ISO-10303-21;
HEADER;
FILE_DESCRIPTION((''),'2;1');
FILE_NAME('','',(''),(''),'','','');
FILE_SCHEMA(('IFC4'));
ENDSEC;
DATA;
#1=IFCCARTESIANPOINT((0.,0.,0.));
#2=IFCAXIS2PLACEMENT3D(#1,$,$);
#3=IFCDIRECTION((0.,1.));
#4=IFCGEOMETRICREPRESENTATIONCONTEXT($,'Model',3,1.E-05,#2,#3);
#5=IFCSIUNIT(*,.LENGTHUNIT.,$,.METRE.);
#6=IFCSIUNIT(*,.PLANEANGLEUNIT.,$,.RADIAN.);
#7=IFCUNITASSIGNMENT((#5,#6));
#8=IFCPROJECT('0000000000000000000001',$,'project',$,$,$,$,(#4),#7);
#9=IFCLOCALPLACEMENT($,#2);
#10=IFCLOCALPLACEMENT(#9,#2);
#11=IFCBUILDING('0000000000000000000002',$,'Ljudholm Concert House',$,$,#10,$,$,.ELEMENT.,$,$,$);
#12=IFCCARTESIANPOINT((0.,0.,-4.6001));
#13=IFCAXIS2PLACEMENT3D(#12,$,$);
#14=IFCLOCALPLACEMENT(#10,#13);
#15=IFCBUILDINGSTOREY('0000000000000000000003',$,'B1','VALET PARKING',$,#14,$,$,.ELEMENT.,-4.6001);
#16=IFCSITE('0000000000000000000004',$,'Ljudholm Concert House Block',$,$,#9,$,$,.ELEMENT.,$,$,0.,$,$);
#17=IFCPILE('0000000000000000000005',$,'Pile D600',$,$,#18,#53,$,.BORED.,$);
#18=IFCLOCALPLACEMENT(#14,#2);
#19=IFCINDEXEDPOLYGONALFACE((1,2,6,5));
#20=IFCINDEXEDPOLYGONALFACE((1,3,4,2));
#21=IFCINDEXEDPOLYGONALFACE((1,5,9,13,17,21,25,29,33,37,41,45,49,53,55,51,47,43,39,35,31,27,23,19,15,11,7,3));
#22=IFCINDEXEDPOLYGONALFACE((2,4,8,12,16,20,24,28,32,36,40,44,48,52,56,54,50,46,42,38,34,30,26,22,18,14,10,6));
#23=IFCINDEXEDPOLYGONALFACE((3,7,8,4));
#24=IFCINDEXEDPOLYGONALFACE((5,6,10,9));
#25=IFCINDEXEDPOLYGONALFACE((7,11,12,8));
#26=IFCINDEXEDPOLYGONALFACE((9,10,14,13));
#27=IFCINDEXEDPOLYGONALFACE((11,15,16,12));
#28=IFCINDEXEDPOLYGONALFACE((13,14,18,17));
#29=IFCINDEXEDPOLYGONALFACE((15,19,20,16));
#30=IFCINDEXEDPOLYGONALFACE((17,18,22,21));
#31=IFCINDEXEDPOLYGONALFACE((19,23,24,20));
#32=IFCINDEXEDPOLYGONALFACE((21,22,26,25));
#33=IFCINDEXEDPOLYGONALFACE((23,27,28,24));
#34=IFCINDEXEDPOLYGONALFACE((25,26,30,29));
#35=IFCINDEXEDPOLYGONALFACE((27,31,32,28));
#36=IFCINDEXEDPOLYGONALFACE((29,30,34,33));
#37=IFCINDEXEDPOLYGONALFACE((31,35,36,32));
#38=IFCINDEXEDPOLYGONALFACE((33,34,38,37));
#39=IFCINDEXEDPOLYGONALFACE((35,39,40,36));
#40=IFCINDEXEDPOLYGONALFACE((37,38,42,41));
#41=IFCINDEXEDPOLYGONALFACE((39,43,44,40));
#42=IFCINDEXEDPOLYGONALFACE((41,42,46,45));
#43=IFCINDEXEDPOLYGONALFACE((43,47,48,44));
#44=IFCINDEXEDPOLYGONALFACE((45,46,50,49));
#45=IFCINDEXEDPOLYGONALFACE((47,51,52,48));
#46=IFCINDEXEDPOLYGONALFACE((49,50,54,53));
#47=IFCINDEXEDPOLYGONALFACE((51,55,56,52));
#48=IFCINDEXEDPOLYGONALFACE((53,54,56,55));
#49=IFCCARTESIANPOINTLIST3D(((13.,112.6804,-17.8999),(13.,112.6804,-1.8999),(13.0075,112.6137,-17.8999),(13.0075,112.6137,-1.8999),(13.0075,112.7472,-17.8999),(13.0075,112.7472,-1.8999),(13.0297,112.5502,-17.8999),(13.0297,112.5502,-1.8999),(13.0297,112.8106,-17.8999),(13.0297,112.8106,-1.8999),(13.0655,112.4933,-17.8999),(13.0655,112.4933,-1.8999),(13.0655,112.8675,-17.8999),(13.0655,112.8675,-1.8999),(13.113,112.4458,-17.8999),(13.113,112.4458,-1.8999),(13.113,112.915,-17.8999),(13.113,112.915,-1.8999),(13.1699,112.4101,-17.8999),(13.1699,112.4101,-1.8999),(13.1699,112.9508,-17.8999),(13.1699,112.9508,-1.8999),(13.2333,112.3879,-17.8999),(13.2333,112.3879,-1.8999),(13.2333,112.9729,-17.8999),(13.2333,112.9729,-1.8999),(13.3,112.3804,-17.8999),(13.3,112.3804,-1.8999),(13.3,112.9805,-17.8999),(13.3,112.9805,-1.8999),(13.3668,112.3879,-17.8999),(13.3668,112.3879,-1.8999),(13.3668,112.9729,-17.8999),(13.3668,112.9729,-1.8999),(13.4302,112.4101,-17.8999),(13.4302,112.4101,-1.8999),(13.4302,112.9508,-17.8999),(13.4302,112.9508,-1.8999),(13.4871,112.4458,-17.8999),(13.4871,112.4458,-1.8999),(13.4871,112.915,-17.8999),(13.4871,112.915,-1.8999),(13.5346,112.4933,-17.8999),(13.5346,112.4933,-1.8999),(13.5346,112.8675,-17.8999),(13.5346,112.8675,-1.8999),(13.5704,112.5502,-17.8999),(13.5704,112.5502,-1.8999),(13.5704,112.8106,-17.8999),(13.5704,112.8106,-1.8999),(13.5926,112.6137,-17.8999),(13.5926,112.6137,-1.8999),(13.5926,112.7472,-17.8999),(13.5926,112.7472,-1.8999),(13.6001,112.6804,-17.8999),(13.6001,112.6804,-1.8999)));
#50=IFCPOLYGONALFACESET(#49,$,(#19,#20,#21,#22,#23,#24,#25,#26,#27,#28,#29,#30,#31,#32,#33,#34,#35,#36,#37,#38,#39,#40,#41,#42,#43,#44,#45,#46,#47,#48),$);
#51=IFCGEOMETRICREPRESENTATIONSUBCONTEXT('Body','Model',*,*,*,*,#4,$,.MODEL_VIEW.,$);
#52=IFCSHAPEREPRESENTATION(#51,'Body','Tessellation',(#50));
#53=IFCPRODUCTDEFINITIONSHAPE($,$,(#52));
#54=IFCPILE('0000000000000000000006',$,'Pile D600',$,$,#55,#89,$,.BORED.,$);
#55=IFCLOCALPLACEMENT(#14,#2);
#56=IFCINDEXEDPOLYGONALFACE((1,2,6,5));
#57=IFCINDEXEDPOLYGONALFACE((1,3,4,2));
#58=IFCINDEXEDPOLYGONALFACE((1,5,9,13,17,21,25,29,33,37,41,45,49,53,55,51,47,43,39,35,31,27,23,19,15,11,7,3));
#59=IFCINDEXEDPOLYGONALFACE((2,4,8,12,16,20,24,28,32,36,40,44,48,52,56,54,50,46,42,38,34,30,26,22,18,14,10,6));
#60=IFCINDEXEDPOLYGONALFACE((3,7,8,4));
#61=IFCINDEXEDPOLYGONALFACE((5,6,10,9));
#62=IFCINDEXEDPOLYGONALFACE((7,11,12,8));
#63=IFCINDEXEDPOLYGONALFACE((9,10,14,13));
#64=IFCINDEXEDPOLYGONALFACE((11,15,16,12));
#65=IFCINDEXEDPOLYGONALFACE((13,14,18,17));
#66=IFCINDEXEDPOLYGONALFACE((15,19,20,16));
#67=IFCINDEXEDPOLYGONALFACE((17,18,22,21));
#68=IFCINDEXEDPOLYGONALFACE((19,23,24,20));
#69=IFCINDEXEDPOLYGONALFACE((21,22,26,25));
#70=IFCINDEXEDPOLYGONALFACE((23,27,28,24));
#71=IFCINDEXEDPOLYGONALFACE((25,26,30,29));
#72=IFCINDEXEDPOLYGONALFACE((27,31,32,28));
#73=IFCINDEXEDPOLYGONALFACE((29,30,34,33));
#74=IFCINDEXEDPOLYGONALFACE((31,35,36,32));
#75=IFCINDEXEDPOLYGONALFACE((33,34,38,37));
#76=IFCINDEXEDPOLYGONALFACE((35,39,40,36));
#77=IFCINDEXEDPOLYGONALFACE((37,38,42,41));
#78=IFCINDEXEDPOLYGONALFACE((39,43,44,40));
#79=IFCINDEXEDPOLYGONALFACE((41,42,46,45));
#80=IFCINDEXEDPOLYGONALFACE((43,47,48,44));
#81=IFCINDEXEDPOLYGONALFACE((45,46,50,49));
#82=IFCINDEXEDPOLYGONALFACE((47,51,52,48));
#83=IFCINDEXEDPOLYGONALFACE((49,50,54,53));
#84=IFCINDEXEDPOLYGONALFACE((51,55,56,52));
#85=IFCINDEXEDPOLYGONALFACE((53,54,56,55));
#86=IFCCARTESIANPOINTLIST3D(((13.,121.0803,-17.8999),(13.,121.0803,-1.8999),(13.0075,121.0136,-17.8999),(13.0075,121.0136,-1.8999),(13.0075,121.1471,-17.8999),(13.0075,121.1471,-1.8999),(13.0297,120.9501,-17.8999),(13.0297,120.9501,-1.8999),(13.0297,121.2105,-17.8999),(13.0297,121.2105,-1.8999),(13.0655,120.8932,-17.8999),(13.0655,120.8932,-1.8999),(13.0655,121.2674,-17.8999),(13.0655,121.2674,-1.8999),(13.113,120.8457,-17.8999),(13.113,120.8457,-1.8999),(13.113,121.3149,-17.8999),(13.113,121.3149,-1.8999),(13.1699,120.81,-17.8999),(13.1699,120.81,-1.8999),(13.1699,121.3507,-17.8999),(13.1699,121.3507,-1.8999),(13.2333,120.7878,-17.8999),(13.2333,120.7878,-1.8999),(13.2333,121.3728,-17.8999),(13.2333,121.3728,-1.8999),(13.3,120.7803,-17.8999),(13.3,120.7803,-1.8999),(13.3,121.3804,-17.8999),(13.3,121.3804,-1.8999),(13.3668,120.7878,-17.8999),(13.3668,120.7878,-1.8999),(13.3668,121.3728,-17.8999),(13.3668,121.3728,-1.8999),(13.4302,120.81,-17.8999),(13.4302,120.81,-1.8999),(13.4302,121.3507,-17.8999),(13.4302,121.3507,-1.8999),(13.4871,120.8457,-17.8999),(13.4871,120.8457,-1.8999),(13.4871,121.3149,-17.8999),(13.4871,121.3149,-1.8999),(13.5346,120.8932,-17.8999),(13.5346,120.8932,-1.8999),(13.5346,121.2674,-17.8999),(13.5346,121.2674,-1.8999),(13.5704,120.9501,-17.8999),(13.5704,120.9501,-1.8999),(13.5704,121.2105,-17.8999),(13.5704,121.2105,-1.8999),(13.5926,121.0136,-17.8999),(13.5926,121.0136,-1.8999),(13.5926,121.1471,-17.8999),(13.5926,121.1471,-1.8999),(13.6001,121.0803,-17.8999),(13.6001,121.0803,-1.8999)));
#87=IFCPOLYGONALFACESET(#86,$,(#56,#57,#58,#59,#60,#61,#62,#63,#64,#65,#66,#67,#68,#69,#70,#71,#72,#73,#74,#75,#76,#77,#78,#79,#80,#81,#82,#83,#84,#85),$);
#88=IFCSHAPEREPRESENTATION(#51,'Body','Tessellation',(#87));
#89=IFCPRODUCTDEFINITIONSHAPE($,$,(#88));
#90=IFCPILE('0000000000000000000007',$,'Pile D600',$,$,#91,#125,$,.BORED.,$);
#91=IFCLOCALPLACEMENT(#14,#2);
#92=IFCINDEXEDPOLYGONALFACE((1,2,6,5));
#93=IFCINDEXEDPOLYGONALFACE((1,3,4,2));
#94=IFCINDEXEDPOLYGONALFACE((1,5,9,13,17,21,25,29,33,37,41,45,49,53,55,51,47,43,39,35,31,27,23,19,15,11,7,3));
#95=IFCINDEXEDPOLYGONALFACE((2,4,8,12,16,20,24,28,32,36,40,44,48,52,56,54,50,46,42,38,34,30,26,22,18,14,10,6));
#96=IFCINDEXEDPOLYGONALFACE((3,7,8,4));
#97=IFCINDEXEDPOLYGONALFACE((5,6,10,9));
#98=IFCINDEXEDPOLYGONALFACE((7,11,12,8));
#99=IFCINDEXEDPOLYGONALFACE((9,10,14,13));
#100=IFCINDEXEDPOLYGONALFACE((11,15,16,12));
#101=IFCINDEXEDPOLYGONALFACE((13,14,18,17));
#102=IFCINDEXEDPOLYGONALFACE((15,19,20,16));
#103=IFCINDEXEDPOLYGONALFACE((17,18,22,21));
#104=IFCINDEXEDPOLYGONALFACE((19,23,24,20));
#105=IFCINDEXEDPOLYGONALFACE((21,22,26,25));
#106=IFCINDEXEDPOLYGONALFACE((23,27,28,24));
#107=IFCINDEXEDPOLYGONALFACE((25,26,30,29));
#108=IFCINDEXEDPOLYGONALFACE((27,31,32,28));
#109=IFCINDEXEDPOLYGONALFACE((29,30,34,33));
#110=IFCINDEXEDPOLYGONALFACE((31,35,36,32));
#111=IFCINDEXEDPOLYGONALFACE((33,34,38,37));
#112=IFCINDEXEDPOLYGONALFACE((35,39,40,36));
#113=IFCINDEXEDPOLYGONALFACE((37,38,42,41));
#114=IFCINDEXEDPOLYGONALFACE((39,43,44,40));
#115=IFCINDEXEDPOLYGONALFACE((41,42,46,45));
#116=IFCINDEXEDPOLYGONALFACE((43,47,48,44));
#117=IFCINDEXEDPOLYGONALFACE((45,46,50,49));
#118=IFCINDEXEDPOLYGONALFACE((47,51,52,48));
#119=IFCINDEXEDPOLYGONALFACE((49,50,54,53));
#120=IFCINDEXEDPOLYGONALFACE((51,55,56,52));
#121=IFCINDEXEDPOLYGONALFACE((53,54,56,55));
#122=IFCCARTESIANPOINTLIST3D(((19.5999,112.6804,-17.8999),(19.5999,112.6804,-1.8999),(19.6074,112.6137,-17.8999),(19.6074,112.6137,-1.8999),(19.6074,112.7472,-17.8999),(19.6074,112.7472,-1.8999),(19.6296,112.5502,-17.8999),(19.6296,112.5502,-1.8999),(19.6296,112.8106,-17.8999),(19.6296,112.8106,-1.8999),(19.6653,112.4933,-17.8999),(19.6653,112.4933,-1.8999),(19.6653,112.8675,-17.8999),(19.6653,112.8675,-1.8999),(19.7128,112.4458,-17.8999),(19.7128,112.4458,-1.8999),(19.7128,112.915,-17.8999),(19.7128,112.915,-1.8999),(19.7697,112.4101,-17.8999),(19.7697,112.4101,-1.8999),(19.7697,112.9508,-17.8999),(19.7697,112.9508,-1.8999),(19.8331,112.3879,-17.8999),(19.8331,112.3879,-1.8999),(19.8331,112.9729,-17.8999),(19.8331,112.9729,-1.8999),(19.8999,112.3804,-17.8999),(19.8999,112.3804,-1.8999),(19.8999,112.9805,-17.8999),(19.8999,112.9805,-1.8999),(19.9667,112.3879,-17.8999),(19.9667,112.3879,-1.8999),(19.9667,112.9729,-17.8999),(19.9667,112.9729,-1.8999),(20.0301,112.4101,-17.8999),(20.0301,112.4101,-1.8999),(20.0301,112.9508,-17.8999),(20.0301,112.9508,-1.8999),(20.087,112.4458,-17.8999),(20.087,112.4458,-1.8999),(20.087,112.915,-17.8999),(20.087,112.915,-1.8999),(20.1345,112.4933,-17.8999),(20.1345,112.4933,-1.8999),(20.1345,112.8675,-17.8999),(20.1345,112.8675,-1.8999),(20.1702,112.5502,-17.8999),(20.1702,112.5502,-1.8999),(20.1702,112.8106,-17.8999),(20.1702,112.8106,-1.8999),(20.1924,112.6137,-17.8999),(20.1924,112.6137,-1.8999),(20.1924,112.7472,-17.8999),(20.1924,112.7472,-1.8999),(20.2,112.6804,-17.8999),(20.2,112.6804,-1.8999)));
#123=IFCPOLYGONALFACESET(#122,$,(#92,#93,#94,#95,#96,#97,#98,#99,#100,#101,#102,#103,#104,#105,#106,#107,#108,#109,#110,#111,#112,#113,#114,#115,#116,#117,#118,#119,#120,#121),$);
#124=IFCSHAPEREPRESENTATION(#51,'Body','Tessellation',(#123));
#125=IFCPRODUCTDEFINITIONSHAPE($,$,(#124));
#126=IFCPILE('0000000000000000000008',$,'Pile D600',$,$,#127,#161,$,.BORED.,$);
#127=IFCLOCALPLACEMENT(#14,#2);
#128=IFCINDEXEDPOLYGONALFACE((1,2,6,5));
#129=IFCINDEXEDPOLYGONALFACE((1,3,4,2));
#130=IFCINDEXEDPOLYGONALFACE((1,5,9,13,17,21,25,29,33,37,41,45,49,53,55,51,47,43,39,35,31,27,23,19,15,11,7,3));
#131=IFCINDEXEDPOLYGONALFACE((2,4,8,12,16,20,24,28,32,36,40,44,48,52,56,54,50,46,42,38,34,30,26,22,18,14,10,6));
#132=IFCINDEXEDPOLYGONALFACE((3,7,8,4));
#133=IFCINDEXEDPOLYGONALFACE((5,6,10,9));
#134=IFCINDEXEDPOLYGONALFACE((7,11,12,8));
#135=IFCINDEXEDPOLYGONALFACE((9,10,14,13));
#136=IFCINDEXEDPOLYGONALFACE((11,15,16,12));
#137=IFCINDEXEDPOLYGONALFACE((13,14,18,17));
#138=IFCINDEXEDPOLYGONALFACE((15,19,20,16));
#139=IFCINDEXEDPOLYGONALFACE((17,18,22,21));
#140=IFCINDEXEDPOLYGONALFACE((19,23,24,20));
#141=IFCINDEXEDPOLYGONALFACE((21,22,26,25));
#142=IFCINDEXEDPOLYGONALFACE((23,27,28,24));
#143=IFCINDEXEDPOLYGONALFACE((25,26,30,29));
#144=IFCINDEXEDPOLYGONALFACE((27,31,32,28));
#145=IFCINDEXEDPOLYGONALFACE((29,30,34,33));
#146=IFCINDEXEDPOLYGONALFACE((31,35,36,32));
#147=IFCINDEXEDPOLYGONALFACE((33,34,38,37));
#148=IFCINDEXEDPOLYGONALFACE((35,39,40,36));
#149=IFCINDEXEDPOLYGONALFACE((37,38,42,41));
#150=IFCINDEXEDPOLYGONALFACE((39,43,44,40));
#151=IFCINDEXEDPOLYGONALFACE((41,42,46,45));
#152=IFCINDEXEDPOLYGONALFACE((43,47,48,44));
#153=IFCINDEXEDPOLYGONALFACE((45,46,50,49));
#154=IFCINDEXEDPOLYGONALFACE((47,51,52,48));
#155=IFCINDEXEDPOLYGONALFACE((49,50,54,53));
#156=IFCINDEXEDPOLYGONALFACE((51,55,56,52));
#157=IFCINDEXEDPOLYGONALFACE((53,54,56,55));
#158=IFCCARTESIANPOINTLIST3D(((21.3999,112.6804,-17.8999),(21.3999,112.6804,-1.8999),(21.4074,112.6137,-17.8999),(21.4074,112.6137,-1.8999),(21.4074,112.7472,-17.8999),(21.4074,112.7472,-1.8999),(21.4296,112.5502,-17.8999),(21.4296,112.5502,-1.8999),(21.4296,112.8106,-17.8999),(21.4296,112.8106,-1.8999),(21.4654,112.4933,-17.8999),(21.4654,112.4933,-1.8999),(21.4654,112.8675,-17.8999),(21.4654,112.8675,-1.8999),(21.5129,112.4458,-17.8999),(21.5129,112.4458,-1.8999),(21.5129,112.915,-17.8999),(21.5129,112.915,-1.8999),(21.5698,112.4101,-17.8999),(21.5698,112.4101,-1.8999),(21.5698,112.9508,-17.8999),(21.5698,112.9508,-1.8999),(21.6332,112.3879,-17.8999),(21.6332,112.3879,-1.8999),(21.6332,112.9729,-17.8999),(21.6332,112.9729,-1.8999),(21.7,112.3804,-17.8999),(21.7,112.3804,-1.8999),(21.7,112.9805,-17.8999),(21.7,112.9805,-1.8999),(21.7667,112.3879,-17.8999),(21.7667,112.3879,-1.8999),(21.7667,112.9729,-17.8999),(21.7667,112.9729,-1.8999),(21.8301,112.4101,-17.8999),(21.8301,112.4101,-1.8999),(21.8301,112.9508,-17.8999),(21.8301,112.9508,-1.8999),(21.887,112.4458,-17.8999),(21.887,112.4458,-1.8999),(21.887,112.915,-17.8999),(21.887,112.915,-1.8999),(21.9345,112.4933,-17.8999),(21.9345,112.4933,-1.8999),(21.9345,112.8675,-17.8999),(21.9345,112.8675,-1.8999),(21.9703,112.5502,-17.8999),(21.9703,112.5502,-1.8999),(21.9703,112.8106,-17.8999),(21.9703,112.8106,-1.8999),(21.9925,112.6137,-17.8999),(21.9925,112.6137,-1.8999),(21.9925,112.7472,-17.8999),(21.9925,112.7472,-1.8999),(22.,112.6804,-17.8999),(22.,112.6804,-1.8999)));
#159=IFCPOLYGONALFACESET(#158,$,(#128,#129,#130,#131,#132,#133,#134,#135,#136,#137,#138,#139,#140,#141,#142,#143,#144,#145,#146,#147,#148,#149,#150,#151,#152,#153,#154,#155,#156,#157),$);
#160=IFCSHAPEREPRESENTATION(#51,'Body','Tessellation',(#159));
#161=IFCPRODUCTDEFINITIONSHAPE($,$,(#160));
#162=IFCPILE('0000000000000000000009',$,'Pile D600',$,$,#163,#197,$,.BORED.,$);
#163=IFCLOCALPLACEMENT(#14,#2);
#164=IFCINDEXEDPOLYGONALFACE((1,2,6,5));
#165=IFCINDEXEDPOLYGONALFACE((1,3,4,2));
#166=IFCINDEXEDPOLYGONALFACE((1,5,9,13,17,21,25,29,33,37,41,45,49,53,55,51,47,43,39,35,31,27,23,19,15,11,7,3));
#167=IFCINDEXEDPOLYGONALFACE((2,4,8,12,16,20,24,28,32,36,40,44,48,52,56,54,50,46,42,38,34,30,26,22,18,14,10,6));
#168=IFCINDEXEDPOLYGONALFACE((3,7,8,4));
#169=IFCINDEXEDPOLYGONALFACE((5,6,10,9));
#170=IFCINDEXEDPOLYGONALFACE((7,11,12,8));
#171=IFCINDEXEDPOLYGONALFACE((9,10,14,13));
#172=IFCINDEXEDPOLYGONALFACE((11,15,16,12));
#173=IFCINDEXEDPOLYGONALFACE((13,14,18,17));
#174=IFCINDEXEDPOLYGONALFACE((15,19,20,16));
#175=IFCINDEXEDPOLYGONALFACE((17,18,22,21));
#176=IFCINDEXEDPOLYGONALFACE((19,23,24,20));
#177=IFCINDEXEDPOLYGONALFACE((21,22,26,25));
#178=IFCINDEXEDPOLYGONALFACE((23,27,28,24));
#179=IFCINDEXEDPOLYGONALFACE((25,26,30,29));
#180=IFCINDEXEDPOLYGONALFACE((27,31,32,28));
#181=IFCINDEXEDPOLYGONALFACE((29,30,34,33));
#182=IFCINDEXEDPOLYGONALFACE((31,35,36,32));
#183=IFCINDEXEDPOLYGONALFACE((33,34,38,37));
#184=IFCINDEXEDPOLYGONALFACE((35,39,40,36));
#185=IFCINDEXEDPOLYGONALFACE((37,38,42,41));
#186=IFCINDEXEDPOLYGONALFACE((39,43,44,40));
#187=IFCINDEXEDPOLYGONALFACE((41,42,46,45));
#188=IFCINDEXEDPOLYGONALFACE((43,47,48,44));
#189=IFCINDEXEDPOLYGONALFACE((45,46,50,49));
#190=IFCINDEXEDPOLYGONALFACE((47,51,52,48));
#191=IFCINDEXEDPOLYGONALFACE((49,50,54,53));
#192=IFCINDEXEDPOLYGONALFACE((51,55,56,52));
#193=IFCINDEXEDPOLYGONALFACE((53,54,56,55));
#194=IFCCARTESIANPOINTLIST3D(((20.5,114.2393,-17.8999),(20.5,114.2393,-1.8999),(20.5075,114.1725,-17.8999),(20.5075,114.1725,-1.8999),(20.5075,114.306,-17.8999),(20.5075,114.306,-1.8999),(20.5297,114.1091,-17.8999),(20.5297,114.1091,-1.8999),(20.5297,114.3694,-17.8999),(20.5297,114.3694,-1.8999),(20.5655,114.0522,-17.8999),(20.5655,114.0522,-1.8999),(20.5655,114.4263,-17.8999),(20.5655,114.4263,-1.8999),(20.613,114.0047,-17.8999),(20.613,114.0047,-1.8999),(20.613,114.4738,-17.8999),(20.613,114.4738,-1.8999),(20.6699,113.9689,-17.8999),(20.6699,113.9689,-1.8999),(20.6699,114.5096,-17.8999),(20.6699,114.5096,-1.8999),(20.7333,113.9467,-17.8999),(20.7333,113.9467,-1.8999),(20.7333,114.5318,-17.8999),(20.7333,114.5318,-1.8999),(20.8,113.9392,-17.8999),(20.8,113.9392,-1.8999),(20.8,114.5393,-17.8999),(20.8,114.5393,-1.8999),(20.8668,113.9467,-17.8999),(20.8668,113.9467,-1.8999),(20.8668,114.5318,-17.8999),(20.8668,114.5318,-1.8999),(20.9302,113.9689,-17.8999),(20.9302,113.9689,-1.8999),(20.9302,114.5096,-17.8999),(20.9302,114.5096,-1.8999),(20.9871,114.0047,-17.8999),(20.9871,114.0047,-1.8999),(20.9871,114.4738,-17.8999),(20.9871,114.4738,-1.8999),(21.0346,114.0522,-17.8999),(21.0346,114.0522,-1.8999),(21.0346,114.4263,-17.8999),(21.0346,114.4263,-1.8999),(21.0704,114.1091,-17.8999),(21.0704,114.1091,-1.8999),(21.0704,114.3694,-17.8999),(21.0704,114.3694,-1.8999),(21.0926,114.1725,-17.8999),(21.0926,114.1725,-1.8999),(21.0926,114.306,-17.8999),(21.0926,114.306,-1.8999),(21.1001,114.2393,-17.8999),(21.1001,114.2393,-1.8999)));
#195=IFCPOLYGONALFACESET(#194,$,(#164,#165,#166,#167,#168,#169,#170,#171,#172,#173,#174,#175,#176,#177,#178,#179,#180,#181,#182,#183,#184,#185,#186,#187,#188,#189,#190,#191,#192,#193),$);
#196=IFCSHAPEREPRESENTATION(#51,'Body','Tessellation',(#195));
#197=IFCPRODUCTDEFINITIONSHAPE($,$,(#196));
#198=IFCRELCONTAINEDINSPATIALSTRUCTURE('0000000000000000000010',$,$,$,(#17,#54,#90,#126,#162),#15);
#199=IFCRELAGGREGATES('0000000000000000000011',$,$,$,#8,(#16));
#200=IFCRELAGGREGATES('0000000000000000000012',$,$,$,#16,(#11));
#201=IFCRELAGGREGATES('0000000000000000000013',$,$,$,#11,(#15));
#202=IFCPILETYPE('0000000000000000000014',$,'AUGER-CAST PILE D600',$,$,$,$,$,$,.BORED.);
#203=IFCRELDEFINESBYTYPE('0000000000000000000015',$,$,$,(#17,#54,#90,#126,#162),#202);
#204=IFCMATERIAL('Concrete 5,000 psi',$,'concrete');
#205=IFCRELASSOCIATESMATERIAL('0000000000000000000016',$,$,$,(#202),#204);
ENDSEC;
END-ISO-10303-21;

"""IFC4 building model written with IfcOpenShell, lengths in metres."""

from ifc_helpers import new_model, si_unit, direction, frame, origin, origin_2d, place, context, subcontext, project, spatial, circle, extrude, material, material_profile, profile_set, type_object, element, save


model = new_model("IFC4")

# Units and contexts
model_context = context("Model", 3, precision=1e-05, world=origin(), true_north=direction((0.0, 1.0)))
body_context = subcontext(model_context, "Body", "Model", "MODEL_VIEW")
ifc_project = project(units=[si_unit("LENGTHUNIT", "METRE"), si_unit("PLANEANGLEUNIT", "RADIAN")], contexts=[model_context])

# Site, building, storey
site_placement = place(None, origin())
site = spatial("IfcSite", under=ifc_project, at=site_placement, Name="Ljudholm Concert House Block", CompositionType="ELEMENT", RefElevation=0.0)
building_placement = place(site_placement, origin())
building = spatial("IfcBuilding", under=site, at=building_placement, Name="Ljudholm Concert House", CompositionType="ELEMENT")
storey_placement = place(building_placement, frame((0.0, 0.0, -4.6001)))
storey = spatial("IfcBuildingStorey", under=building, at=storey_placement, Name="B1", Description="VALET PARKING", CompositionType="ELEMENT", Elevation=-4.6001)

# Piles
ifc_material_1 = material(Name="Concrete 5,000 psi", Category="concrete")
ifc_material_profile_1 = material_profile(ifc_material_1, circle(Radius=0.3, at=origin_2d()), Name="AUGER-CAST PILE D600")
ifc_profile_set_1 = profile_set([ifc_material_profile_1], Name="Concrete 5,000 psi")
pile_type = type_object("IfcPileType", Name="AUGER-CAST PILE D600", PredefinedType="BORED", material=ifc_profile_set_1)
for number, where, z_axis, x_axis, name in (
    (1, (13.3, 112.6804, -1.8999), (0.0, 0.0, -1.0), (1.0, 0.0, 0.0), "Pile D600"),
    (2, (13.3, 121.0803, -1.8999), (0.0, 0.0, -1.0), (1.0, 0.0, 0.0), "Pile D600"),
    (3, (19.8999, 112.6804, -1.8999), (0.0, 0.0, -1.0), (1.0, 0.0, 0.0), "Pile D600"),
    (4, (21.7, 112.6804, -1.8999), (0.0, 0.0, -1.0), (1.0, 0.0, 0.0), "Pile D600"),
    (5, (20.8, 114.2393, -1.8999), (0.0, 0.0, -1.0), (1.0, 0.0, 0.0), "Pile D600"),
):
    element("IfcPile", number, at=place(storey_placement, frame(where, z_axis=z_axis, x_axis=x_axis)), inside=storey, type_object=pile_type, Name=name, PredefinedType="BORED", context=body_context, shape_type="SweptSolid", body=[
        extrude(circle(Radius=0.3, at=origin_2d()), origin(), (0.0, 0.0, 1.0), 16.0),
    ])

save(model, "model.ifc")
